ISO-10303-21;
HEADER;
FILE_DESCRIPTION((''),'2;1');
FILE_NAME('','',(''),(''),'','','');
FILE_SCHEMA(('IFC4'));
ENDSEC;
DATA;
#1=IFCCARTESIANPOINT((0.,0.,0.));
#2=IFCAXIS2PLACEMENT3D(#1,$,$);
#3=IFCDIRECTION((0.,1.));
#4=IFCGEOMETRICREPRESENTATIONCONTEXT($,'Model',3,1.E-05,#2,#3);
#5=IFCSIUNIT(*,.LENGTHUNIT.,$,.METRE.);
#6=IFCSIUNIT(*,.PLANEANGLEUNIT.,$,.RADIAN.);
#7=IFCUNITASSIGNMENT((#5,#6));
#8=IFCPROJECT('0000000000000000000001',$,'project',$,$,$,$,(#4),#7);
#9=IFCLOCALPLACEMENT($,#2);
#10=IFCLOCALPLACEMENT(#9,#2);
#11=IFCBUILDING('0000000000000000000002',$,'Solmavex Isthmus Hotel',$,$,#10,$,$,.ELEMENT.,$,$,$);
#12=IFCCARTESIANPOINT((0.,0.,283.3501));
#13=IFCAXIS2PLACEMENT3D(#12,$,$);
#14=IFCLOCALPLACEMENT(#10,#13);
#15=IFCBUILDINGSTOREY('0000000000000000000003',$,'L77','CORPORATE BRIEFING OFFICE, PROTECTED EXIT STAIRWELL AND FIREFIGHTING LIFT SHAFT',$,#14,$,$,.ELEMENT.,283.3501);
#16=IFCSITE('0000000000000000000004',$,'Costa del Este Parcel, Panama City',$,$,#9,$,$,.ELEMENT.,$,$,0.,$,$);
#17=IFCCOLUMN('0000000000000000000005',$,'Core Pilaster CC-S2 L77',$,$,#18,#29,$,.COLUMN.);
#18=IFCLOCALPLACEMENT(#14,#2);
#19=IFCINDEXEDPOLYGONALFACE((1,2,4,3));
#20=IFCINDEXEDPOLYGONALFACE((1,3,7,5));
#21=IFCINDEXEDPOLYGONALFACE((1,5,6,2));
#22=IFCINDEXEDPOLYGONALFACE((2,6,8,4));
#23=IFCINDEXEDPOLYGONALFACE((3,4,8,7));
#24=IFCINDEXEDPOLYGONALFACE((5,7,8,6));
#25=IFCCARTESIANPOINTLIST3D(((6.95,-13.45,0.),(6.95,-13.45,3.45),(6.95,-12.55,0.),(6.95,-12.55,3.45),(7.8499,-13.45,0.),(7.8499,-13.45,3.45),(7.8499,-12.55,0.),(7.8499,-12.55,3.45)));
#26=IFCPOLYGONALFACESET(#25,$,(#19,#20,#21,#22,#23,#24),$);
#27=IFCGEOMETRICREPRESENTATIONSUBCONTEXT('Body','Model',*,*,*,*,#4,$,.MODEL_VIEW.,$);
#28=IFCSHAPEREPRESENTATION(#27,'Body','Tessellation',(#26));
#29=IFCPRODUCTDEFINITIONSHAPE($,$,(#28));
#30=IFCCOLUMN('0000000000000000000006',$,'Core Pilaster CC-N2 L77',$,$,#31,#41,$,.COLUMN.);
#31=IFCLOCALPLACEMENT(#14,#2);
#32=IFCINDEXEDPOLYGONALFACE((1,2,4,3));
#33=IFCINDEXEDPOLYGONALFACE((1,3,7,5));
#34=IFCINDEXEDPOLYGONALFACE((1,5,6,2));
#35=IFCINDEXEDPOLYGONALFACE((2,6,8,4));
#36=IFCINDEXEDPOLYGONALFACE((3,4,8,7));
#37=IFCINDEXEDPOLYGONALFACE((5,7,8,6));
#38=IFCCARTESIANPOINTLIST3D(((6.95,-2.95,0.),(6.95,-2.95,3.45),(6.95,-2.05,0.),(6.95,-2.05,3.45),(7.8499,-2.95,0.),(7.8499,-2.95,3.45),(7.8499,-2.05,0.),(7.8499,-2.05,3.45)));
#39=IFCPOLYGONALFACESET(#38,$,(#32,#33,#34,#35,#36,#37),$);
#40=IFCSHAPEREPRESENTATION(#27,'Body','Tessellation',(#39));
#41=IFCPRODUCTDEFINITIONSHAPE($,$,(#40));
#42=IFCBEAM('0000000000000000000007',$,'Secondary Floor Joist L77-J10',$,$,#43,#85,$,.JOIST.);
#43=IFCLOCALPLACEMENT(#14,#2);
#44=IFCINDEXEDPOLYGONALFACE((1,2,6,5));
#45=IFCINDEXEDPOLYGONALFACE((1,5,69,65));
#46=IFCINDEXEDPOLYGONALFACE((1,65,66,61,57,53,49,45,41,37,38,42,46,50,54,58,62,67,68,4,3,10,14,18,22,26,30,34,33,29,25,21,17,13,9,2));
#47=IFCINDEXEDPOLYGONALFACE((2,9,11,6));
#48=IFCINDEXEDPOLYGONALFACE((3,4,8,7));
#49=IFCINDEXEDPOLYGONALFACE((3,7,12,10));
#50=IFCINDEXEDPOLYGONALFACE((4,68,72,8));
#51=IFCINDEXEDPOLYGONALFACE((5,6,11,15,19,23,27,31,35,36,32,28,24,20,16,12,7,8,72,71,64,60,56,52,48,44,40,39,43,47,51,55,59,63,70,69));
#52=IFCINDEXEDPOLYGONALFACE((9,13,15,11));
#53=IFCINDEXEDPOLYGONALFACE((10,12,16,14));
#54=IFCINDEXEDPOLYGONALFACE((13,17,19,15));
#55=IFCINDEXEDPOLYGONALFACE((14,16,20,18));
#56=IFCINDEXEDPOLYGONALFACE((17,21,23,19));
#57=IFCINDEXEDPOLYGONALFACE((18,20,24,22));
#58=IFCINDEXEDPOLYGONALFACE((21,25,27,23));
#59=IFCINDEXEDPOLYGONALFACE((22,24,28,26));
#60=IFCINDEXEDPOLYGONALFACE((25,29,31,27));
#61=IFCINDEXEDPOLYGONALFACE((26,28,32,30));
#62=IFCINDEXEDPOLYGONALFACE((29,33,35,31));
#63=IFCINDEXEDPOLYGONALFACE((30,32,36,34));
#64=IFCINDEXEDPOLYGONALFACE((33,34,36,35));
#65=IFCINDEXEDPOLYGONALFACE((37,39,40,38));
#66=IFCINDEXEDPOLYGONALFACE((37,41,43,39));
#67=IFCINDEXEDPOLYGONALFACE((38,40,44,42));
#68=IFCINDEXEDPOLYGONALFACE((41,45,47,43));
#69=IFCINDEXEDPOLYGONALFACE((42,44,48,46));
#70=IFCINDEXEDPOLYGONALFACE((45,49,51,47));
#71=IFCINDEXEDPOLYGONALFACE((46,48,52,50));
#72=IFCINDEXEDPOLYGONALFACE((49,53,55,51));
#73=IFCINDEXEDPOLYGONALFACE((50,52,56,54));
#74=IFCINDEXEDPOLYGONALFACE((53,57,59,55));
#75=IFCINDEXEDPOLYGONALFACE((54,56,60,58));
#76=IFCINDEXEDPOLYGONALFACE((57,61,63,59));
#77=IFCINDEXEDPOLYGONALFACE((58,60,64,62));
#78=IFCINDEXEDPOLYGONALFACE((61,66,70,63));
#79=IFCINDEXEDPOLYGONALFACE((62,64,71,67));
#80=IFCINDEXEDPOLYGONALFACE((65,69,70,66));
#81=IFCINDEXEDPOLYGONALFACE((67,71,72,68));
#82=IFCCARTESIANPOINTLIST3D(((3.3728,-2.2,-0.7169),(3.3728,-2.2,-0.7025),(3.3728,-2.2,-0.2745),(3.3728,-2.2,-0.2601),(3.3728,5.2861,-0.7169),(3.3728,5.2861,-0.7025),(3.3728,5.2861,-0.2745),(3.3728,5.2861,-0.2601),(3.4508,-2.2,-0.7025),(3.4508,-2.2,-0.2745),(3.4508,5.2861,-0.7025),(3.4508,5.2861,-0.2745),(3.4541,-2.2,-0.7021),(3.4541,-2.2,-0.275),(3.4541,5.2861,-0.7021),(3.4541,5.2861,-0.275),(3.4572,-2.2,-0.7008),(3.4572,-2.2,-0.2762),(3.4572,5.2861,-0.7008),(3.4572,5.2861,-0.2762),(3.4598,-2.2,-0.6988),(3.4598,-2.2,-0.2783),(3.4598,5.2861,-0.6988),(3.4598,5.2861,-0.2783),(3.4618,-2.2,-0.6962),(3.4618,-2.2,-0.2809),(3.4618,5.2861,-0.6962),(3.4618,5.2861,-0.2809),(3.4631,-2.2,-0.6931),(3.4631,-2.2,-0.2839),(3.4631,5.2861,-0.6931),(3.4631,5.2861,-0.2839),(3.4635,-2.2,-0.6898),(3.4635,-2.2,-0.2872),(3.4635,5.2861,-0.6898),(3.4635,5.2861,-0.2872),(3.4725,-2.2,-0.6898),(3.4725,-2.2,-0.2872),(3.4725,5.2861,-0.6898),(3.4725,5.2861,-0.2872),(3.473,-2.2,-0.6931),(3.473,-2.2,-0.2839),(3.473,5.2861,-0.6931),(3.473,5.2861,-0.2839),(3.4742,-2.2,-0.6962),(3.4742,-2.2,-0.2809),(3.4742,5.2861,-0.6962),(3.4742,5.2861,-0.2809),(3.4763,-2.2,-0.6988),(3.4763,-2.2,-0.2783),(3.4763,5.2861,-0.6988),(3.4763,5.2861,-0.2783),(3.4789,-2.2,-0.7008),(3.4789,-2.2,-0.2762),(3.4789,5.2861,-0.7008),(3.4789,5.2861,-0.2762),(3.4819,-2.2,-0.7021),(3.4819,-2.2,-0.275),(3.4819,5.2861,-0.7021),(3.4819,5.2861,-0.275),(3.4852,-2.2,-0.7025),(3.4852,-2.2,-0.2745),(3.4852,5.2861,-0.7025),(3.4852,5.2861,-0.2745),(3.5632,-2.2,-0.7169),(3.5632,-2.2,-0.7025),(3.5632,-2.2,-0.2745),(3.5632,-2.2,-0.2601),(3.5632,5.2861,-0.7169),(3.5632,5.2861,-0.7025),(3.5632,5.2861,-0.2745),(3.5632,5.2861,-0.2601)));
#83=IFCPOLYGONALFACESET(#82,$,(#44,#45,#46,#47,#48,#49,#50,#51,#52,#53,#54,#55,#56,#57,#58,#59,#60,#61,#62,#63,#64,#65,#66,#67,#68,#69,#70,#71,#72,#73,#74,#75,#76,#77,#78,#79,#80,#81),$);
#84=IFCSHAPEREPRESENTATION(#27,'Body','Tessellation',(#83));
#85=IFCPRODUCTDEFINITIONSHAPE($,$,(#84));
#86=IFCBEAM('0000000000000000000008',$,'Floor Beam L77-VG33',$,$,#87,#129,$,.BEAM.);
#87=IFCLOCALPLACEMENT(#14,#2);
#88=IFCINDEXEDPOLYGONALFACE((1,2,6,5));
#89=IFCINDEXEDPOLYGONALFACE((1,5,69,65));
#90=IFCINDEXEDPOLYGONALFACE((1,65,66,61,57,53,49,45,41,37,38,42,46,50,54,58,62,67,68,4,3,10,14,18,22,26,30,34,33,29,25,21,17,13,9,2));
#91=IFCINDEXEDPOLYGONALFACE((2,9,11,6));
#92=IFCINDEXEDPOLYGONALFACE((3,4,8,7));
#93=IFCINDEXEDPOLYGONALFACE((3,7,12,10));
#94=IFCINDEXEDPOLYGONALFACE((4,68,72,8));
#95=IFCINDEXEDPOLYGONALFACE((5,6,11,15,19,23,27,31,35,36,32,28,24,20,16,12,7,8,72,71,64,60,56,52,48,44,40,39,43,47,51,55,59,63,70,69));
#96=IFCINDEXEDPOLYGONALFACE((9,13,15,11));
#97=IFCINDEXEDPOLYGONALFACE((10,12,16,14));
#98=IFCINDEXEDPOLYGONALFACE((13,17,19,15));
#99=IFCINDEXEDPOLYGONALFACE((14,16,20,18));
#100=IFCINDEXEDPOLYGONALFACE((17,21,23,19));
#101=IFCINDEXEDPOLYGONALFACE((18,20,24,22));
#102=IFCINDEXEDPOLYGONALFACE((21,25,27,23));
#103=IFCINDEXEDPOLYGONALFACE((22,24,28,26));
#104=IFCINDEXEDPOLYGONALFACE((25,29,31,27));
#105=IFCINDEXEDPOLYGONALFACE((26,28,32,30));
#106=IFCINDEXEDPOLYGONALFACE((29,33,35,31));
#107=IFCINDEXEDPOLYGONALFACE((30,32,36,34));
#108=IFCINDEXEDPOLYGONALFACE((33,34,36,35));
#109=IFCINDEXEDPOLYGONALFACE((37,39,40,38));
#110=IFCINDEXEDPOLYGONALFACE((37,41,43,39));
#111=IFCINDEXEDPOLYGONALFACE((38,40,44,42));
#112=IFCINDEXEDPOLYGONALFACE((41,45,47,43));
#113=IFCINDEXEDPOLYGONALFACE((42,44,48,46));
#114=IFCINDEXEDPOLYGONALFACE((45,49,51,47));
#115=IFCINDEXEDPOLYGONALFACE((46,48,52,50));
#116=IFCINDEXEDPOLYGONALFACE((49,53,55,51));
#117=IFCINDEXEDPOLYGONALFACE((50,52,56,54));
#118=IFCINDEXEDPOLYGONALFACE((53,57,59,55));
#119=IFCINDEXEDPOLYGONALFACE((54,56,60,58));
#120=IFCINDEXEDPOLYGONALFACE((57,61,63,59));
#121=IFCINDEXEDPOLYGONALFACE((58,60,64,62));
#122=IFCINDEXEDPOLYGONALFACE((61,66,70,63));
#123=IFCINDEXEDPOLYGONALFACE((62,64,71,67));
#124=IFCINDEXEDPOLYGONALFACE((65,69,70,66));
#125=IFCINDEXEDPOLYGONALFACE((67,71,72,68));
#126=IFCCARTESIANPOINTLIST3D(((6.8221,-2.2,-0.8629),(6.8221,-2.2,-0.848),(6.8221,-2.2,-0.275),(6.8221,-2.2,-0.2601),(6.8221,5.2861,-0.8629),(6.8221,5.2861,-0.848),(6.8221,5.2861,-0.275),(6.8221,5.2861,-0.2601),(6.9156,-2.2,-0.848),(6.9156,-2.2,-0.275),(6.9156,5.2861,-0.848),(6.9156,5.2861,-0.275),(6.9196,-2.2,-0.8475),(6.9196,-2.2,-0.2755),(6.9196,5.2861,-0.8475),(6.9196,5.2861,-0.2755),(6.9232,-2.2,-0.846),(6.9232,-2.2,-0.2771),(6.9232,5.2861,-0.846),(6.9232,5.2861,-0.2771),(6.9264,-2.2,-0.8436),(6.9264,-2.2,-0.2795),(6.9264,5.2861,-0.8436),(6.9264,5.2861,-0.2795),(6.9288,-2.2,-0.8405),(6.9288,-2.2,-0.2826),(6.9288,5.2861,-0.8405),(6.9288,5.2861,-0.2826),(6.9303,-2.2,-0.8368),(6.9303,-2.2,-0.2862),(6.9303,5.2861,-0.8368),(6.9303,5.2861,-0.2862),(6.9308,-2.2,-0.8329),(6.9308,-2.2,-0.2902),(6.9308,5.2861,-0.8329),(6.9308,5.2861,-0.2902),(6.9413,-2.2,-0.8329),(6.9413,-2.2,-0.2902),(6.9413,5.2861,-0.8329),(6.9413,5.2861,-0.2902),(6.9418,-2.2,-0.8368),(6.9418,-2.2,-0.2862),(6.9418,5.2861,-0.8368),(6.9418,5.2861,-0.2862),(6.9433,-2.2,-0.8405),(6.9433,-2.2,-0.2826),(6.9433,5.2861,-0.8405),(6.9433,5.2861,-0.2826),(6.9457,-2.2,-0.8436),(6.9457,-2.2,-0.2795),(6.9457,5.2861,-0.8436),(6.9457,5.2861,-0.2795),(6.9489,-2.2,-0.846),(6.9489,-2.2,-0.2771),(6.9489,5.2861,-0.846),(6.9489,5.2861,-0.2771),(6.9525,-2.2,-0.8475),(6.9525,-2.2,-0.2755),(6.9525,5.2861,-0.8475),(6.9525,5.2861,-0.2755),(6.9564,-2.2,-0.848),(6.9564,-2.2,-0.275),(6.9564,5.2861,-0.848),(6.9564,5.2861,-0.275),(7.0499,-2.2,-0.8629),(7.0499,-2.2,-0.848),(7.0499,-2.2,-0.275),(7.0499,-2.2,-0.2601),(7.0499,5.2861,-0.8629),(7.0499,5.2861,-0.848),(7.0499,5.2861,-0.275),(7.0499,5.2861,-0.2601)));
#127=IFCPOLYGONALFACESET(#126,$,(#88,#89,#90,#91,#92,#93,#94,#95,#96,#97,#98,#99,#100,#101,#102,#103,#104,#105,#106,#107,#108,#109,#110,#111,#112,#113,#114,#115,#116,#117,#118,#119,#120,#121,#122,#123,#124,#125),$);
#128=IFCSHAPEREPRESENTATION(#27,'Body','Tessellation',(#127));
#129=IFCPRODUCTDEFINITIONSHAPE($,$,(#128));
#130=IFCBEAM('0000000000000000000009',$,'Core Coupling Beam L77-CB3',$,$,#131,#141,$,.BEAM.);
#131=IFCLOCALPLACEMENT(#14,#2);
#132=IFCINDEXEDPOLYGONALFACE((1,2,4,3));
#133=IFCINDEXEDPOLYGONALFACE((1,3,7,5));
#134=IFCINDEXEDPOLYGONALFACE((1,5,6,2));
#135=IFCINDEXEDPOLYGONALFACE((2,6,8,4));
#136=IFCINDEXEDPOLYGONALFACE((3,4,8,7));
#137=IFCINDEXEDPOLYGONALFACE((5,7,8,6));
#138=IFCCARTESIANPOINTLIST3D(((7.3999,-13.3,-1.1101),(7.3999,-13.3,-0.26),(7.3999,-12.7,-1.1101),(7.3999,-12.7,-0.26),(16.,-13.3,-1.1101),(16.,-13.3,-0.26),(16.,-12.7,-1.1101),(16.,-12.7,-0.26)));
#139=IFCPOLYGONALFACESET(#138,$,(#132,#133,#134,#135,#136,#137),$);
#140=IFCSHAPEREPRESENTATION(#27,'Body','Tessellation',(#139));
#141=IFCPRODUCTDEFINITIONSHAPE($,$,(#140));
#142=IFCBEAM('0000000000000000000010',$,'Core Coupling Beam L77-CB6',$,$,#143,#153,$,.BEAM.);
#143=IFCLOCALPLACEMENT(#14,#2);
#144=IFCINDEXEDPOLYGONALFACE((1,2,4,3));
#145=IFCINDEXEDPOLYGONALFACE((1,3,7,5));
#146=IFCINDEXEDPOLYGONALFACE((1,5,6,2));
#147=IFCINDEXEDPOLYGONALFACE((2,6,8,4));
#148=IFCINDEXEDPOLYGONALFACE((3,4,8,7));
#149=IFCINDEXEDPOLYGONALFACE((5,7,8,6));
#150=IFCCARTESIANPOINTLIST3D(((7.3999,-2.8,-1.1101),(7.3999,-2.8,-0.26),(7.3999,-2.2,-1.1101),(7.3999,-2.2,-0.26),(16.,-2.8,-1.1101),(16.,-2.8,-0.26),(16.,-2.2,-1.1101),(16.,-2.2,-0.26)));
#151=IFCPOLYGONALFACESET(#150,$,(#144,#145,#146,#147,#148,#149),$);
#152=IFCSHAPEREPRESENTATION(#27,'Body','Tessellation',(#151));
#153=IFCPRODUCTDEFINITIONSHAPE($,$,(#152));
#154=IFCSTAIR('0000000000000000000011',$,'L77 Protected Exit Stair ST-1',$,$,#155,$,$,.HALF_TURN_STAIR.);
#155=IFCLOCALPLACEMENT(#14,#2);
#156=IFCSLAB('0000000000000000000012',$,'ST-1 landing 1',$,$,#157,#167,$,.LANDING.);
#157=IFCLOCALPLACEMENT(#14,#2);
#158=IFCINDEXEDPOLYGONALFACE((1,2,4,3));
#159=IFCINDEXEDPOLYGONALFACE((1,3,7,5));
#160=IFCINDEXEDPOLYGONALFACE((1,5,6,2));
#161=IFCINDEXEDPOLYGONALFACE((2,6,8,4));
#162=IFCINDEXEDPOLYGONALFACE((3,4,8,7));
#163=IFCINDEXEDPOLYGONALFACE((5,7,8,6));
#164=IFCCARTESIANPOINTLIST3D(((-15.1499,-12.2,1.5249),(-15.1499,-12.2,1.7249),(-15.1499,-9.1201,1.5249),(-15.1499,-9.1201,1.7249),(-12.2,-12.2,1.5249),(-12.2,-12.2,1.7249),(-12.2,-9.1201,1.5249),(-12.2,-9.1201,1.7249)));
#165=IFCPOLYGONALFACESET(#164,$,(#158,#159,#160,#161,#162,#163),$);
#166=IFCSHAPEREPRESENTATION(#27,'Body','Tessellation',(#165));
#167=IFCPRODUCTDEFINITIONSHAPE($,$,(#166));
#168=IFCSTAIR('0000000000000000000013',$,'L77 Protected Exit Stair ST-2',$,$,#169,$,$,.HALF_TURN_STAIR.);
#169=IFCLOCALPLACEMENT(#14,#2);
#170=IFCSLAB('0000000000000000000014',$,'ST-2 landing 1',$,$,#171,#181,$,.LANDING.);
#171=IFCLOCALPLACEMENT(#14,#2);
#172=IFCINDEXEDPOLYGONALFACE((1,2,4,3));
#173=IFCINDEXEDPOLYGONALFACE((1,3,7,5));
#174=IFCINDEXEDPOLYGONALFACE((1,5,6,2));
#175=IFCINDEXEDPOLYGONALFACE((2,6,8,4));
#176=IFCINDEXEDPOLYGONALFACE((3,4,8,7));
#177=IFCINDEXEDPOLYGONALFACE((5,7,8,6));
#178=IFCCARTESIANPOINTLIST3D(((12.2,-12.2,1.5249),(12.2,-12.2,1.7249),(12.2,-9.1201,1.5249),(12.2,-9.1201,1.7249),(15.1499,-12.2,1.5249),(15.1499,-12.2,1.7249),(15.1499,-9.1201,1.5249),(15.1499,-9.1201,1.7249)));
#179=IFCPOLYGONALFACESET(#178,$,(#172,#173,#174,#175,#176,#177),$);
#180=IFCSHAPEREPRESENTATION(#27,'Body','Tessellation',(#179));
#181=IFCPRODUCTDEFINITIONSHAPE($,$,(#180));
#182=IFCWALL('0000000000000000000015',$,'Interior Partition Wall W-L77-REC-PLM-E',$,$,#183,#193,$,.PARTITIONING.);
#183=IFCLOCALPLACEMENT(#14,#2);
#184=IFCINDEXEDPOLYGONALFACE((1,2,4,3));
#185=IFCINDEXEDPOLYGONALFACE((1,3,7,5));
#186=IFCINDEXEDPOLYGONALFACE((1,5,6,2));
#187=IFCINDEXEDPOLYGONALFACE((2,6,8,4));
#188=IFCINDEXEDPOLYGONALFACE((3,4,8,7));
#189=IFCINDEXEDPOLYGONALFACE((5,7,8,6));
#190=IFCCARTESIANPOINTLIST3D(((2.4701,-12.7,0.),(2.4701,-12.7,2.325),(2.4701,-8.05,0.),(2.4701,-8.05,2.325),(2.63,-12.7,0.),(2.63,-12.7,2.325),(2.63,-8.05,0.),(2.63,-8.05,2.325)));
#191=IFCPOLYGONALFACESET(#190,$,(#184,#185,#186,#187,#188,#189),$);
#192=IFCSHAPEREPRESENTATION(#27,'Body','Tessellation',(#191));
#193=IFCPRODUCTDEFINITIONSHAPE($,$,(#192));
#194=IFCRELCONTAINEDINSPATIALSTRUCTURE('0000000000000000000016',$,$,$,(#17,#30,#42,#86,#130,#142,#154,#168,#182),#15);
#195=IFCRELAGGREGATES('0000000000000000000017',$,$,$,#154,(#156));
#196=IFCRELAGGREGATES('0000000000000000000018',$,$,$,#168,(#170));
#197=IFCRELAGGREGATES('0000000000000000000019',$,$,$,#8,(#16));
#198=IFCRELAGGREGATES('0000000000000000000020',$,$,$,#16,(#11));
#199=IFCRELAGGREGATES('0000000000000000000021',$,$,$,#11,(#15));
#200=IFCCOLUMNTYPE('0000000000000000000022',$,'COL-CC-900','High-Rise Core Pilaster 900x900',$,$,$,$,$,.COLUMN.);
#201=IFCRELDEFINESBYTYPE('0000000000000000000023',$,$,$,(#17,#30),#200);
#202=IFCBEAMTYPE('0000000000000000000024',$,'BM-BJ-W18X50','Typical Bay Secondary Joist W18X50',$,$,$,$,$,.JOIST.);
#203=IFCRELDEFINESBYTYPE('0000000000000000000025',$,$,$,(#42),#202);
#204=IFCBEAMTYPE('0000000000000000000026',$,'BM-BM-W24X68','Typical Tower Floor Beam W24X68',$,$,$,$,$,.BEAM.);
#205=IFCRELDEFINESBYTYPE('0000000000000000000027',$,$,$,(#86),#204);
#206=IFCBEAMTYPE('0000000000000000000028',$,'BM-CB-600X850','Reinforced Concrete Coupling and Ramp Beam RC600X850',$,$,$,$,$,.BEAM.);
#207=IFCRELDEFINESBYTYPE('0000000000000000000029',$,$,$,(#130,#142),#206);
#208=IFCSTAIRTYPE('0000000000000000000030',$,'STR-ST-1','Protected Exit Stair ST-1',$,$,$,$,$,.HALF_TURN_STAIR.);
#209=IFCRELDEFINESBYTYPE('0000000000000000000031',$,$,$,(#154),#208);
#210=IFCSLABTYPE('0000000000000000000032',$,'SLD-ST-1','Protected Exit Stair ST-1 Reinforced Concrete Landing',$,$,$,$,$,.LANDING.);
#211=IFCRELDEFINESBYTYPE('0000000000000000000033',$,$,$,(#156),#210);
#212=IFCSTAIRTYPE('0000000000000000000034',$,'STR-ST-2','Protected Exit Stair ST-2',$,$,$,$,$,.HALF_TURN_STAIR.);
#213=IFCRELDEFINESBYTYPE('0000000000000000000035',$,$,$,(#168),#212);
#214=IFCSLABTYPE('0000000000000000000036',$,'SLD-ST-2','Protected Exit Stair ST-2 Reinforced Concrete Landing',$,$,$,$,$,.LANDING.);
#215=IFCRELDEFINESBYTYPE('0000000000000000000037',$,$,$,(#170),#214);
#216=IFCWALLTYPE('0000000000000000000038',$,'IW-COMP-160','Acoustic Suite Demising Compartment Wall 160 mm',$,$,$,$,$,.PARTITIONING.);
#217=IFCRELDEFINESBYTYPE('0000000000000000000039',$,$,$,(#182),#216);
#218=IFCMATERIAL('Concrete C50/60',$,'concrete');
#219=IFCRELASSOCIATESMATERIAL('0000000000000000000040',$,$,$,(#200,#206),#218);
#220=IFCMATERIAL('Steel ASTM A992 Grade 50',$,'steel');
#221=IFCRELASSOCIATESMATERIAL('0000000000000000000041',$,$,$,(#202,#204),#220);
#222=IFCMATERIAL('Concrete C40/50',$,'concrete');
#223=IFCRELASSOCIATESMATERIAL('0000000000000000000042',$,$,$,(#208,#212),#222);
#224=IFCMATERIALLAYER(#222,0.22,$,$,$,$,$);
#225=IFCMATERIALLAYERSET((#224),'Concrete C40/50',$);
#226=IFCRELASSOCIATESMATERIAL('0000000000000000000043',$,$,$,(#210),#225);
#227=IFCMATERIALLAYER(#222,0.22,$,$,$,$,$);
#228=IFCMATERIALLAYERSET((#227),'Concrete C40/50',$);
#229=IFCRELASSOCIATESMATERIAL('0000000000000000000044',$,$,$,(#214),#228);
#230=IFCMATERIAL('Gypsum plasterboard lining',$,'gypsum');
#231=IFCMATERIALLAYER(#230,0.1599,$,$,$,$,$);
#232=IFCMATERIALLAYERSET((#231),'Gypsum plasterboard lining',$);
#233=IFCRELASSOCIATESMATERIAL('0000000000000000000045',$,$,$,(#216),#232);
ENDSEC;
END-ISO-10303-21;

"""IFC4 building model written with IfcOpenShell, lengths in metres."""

from ifc_helpers import new_model, si_unit, direction, frame, frame_2d, origin, origin_2d, place, context, subcontext, project, spatial, polyline, rectangle, i_section, outline, extrude, material, layer, layer_set, material_profile, profile_set, type_object, element, aggregate, save


model = new_model("IFC4")

# Units and contexts
model_context = context("Model", 3, precision=1e-05, world=origin(), true_north=direction((0.0, 1.0)))
body_context = subcontext(model_context, "Body", "Model", "MODEL_VIEW")
ifc_project = project(units=[si_unit("LENGTHUNIT", "METRE"), si_unit("PLANEANGLEUNIT", "RADIAN")], contexts=[model_context])

# Site, building, storey
site_placement = place(None, origin())
site = spatial("IfcSite", under=ifc_project, at=site_placement, Name="Costa del Este Parcel, Panama City", CompositionType="ELEMENT", RefElevation=0.0)
building_placement = place(site_placement, origin())
building = spatial("IfcBuilding", under=site, at=building_placement, Name="Solmavex Isthmus Hotel", CompositionType="ELEMENT")
storey_placement = place(building_placement, frame((0.0, 0.0, 283.3501)))
storey = spatial("IfcBuildingStorey", under=building, at=storey_placement, Name="L77", Description="CORPORATE BRIEFING OFFICE, PROTECTED EXIT STAIRWELL AND FIREFIGHTING LIFT SHAFT", CompositionType="ELEMENT", Elevation=283.3501)

# Columns
ifc_material_1 = material(Name="Concrete C50/60", Category="concrete")
ifc_material_profile_1 = material_profile(ifc_material_1, rectangle(XDim=0.8999, YDim=0.8999, at=origin_2d()), Name="RC900X900")
ifc_profile_set_1 = profile_set([ifc_material_profile_1], Name="Concrete C50/60")
column_type = type_object("IfcColumnType", Name="COL-CC-900", Description="High-Rise Core Pilaster 900x900", PredefinedType="COLUMN", material=ifc_profile_set_1)
for number, where, z_axis, x_axis, name in (
    (1, (7.3999, -13.0, 0.0), (0.0, 0.0, 1.0), (1.0, 0.0, 0.0), "Core Pilaster CC-S2 L77"),
    (2, (7.3999, -2.5, 0.0), (0.0, 0.0, 1.0), (1.0, 0.0, 0.0), "Core Pilaster CC-N2 L77"),
):
    element("IfcColumn", number, at=place(storey_placement, frame(where, z_axis=z_axis, x_axis=x_axis)), inside=storey, type_object=column_type, Name=name, PredefinedType="COLUMN", context=body_context, shape_type="SweptSolid", body=[
        extrude(rectangle(XDim=0.8999, YDim=0.8999, at=origin_2d()), origin(), (0.0, 0.0, 1.0), 3.45),
    ])

# Beams
ifc_material_2 = material(Name="Steel ASTM A992 Grade 50", Category="steel")
ifc_material_profile_2 = material_profile(ifc_material_2, i_section(OverallWidth=0.1904, OverallDepth=0.4568, WebThickness=0.009, FlangeThickness=0.0144, FilletRadius=0.0127, at=origin_2d()), Name="W18X50")
ifc_profile_set_2 = profile_set([ifc_material_profile_2], Name="Steel ASTM A992 Grade 50")
beam_type_1 = type_object("IfcBeamType", Name="BM-BJ-W18X50", Description="Typical Bay Secondary Joist W18X50", PredefinedType="JOIST", material=ifc_profile_set_2)
beam_1_placement = place(storey_placement, frame((3.468, -2.2, -0.4885), z_axis=(0.0, 1.0, 0.0), x_axis=(-1.0, 0.0, 0.0)))
element("IfcBeam", 3, at=beam_1_placement, inside=storey, type_object=beam_type_1, Name="Secondary Floor Joist L77-J10", PredefinedType="JOIST", context=body_context, shape_type="SweptSolid", body=[
    extrude(i_section(OverallWidth=0.1904, OverallDepth=0.4568, WebThickness=0.009, FlangeThickness=0.0144, FilletRadius=0.0127, at=origin_2d()), origin(), (0.0, 0.0, 1.0), 7.4861),
])
ifc_material_profile_3 = material_profile(ifc_material_2, i_section(OverallWidth=0.2278, OverallDepth=0.6028, WebThickness=0.0105, FlangeThickness=0.0149, FilletRadius=0.0151, at=origin_2d()), Name="W24X68")
ifc_profile_set_3 = profile_set([ifc_material_profile_3], Name="Steel ASTM A992 Grade 50")
beam_type_2 = type_object("IfcBeamType", Name="BM-BM-W24X68", Description="Typical Tower Floor Beam W24X68", PredefinedType="BEAM", material=ifc_profile_set_3)
beam_2_placement = place(storey_placement, frame((6.936, -2.2, -0.5615), z_axis=(0.0, 1.0, 0.0), x_axis=(-1.0, 0.0, 0.0)))
element("IfcBeam", 4, at=beam_2_placement, inside=storey, type_object=beam_type_2, Name="Floor Beam L77-VG33", PredefinedType="BEAM", context=body_context, shape_type="SweptSolid", body=[
    extrude(i_section(OverallWidth=0.2278, OverallDepth=0.6028, WebThickness=0.0105, FlangeThickness=0.0149, FilletRadius=0.0151, at=origin_2d()), origin(), (0.0, 0.0, 1.0), 7.4861),
])
ifc_material_profile_4 = material_profile(ifc_material_1, rectangle(XDim=0.6001, YDim=0.8501, at=origin_2d()), Name="RC600X850")
ifc_profile_set_4 = profile_set([ifc_material_profile_4], Name="Concrete C50/60")
beam_type_3 = type_object("IfcBeamType", Name="BM-CB-600X850", Description="Reinforced Concrete Coupling and Ramp Beam RC600X850", PredefinedType="BEAM", material=ifc_profile_set_4)
for number, where, z_axis, x_axis, name in (
    (5, (7.3999, -13.0, -0.6851), (1.0, 0.0, 0.0), (0.0, 1.0, 0.0), "Core Coupling Beam L77-CB3"),
    (6, (7.3999, -2.5, -0.6851), (1.0, 0.0, 0.0), (0.0, 1.0, 0.0), "Core Coupling Beam L77-CB6"),
):
    element("IfcBeam", number, at=place(storey_placement, frame(where, z_axis=z_axis, x_axis=x_axis)), inside=storey, type_object=beam_type_3, Name=name, PredefinedType="BEAM", context=body_context, shape_type="SweptSolid", body=[
        extrude(rectangle(XDim=0.6001, YDim=0.8501, at=origin_2d()), origin(), (0.0, 0.0, 1.0), 8.6001),
    ])

# Stairs, slabs
ifc_material_3 = material(Name="Concrete C40/50", Category="concrete")
stair_type_1 = type_object("IfcStairType", Name="STR-ST-1", Description="Protected Exit Stair ST-1", PredefinedType="HALF_TURN_STAIR", material=ifc_material_3)
stair_1_placement = place(storey_placement, origin())
stair_1 = element("IfcStair", 7, at=stair_1_placement, inside=storey, type_object=stair_type_1, Name="L77 Protected Exit Stair ST-1", PredefinedType="HALF_TURN_STAIR")
ifc_layer_1 = layer(ifc_material_3, 0.22)
ifc_layer_set_1 = layer_set([ifc_layer_1], Name="Concrete C40/50")
slab_type_1 = type_object("IfcSlabType", Name="SLD-ST-1", Description="Protected Exit Stair ST-1 Reinforced Concrete Landing", PredefinedType="LANDING", material=ifc_layer_set_1)
slab_1_placement = place(storey_placement, frame((0.0, 0.0, 1.5249)))
slab_1 = element("IfcSlab", 8, at=slab_1_placement, type_object=slab_type_1, Name="ST-1 landing 1", PredefinedType="LANDING", context=body_context, shape_type="SweptSolid", body=[
    extrude(outline(polyline([(-15.1499, -9.1201), (-15.1499, -12.2), (-12.2, -12.2), (-12.2, -9.1201), (-15.1499, -9.1201)])), origin(), (0.0, 0.0, 1.0), 0.2),
])
aggregate(stair_1, [slab_1])
stair_type_2 = type_object("IfcStairType", Name="STR-ST-2", Description="Protected Exit Stair ST-2", PredefinedType="HALF_TURN_STAIR", material=ifc_material_3)
stair_2_placement = place(storey_placement, origin())
stair_2 = element("IfcStair", 9, at=stair_2_placement, inside=storey, type_object=stair_type_2, Name="L77 Protected Exit Stair ST-2", PredefinedType="HALF_TURN_STAIR")
ifc_layer_2 = layer(ifc_material_3, 0.22)
ifc_layer_set_2 = layer_set([ifc_layer_2], Name="Concrete C40/50")
slab_type_2 = type_object("IfcSlabType", Name="SLD-ST-2", Description="Protected Exit Stair ST-2 Reinforced Concrete Landing", PredefinedType="LANDING", material=ifc_layer_set_2)
slab_2_placement = place(storey_placement, frame((0.0, 0.0, 1.5249)))
slab_2 = element("IfcSlab", 10, at=slab_2_placement, type_object=slab_type_2, Name="ST-2 landing 1", PredefinedType="LANDING", context=body_context, shape_type="SweptSolid", body=[
    extrude(outline(polyline([(12.2, -9.1201), (12.2, -12.2), (15.1499, -12.2), (15.1499, -9.1201), (12.2, -9.1201)])), origin(), (0.0, 0.0, 1.0), 0.2),
])
aggregate(stair_2, [slab_2])

# Wall
ifc_material_4 = material(Name="Gypsum plasterboard lining", Category="gypsum")
ifc_layer_3 = layer(ifc_material_4, 0.1599)
ifc_layer_set_3 = layer_set([ifc_layer_3], Name="Gypsum plasterboard lining")
wall_type_1 = type_object("IfcWallType", Name="IW-COMP-160", Description="Acoustic Suite Demising Compartment Wall 160 mm", PredefinedType="PARTITIONING", material=ifc_layer_set_3)
wall_1_placement = place(storey_placement, frame((2.55, -12.7, 0.0), z_axis=(0.0, 0.0, 1.0), x_axis=(0.0, 1.0, 0.0)))
element("IfcWall", 11, at=wall_1_placement, inside=storey, type_object=wall_type_1, Name="Interior Partition Wall W-L77-REC-PLM-E", PredefinedType="PARTITIONING", context=body_context, shape_type="SweptSolid", body=[
    extrude(rectangle(XDim=4.6499, YDim=0.1599, at=frame_2d((2.325, 0.0))), origin(), (0.0, 0.0, 1.0), 2.325),
])

save(model, "model.ifc")
